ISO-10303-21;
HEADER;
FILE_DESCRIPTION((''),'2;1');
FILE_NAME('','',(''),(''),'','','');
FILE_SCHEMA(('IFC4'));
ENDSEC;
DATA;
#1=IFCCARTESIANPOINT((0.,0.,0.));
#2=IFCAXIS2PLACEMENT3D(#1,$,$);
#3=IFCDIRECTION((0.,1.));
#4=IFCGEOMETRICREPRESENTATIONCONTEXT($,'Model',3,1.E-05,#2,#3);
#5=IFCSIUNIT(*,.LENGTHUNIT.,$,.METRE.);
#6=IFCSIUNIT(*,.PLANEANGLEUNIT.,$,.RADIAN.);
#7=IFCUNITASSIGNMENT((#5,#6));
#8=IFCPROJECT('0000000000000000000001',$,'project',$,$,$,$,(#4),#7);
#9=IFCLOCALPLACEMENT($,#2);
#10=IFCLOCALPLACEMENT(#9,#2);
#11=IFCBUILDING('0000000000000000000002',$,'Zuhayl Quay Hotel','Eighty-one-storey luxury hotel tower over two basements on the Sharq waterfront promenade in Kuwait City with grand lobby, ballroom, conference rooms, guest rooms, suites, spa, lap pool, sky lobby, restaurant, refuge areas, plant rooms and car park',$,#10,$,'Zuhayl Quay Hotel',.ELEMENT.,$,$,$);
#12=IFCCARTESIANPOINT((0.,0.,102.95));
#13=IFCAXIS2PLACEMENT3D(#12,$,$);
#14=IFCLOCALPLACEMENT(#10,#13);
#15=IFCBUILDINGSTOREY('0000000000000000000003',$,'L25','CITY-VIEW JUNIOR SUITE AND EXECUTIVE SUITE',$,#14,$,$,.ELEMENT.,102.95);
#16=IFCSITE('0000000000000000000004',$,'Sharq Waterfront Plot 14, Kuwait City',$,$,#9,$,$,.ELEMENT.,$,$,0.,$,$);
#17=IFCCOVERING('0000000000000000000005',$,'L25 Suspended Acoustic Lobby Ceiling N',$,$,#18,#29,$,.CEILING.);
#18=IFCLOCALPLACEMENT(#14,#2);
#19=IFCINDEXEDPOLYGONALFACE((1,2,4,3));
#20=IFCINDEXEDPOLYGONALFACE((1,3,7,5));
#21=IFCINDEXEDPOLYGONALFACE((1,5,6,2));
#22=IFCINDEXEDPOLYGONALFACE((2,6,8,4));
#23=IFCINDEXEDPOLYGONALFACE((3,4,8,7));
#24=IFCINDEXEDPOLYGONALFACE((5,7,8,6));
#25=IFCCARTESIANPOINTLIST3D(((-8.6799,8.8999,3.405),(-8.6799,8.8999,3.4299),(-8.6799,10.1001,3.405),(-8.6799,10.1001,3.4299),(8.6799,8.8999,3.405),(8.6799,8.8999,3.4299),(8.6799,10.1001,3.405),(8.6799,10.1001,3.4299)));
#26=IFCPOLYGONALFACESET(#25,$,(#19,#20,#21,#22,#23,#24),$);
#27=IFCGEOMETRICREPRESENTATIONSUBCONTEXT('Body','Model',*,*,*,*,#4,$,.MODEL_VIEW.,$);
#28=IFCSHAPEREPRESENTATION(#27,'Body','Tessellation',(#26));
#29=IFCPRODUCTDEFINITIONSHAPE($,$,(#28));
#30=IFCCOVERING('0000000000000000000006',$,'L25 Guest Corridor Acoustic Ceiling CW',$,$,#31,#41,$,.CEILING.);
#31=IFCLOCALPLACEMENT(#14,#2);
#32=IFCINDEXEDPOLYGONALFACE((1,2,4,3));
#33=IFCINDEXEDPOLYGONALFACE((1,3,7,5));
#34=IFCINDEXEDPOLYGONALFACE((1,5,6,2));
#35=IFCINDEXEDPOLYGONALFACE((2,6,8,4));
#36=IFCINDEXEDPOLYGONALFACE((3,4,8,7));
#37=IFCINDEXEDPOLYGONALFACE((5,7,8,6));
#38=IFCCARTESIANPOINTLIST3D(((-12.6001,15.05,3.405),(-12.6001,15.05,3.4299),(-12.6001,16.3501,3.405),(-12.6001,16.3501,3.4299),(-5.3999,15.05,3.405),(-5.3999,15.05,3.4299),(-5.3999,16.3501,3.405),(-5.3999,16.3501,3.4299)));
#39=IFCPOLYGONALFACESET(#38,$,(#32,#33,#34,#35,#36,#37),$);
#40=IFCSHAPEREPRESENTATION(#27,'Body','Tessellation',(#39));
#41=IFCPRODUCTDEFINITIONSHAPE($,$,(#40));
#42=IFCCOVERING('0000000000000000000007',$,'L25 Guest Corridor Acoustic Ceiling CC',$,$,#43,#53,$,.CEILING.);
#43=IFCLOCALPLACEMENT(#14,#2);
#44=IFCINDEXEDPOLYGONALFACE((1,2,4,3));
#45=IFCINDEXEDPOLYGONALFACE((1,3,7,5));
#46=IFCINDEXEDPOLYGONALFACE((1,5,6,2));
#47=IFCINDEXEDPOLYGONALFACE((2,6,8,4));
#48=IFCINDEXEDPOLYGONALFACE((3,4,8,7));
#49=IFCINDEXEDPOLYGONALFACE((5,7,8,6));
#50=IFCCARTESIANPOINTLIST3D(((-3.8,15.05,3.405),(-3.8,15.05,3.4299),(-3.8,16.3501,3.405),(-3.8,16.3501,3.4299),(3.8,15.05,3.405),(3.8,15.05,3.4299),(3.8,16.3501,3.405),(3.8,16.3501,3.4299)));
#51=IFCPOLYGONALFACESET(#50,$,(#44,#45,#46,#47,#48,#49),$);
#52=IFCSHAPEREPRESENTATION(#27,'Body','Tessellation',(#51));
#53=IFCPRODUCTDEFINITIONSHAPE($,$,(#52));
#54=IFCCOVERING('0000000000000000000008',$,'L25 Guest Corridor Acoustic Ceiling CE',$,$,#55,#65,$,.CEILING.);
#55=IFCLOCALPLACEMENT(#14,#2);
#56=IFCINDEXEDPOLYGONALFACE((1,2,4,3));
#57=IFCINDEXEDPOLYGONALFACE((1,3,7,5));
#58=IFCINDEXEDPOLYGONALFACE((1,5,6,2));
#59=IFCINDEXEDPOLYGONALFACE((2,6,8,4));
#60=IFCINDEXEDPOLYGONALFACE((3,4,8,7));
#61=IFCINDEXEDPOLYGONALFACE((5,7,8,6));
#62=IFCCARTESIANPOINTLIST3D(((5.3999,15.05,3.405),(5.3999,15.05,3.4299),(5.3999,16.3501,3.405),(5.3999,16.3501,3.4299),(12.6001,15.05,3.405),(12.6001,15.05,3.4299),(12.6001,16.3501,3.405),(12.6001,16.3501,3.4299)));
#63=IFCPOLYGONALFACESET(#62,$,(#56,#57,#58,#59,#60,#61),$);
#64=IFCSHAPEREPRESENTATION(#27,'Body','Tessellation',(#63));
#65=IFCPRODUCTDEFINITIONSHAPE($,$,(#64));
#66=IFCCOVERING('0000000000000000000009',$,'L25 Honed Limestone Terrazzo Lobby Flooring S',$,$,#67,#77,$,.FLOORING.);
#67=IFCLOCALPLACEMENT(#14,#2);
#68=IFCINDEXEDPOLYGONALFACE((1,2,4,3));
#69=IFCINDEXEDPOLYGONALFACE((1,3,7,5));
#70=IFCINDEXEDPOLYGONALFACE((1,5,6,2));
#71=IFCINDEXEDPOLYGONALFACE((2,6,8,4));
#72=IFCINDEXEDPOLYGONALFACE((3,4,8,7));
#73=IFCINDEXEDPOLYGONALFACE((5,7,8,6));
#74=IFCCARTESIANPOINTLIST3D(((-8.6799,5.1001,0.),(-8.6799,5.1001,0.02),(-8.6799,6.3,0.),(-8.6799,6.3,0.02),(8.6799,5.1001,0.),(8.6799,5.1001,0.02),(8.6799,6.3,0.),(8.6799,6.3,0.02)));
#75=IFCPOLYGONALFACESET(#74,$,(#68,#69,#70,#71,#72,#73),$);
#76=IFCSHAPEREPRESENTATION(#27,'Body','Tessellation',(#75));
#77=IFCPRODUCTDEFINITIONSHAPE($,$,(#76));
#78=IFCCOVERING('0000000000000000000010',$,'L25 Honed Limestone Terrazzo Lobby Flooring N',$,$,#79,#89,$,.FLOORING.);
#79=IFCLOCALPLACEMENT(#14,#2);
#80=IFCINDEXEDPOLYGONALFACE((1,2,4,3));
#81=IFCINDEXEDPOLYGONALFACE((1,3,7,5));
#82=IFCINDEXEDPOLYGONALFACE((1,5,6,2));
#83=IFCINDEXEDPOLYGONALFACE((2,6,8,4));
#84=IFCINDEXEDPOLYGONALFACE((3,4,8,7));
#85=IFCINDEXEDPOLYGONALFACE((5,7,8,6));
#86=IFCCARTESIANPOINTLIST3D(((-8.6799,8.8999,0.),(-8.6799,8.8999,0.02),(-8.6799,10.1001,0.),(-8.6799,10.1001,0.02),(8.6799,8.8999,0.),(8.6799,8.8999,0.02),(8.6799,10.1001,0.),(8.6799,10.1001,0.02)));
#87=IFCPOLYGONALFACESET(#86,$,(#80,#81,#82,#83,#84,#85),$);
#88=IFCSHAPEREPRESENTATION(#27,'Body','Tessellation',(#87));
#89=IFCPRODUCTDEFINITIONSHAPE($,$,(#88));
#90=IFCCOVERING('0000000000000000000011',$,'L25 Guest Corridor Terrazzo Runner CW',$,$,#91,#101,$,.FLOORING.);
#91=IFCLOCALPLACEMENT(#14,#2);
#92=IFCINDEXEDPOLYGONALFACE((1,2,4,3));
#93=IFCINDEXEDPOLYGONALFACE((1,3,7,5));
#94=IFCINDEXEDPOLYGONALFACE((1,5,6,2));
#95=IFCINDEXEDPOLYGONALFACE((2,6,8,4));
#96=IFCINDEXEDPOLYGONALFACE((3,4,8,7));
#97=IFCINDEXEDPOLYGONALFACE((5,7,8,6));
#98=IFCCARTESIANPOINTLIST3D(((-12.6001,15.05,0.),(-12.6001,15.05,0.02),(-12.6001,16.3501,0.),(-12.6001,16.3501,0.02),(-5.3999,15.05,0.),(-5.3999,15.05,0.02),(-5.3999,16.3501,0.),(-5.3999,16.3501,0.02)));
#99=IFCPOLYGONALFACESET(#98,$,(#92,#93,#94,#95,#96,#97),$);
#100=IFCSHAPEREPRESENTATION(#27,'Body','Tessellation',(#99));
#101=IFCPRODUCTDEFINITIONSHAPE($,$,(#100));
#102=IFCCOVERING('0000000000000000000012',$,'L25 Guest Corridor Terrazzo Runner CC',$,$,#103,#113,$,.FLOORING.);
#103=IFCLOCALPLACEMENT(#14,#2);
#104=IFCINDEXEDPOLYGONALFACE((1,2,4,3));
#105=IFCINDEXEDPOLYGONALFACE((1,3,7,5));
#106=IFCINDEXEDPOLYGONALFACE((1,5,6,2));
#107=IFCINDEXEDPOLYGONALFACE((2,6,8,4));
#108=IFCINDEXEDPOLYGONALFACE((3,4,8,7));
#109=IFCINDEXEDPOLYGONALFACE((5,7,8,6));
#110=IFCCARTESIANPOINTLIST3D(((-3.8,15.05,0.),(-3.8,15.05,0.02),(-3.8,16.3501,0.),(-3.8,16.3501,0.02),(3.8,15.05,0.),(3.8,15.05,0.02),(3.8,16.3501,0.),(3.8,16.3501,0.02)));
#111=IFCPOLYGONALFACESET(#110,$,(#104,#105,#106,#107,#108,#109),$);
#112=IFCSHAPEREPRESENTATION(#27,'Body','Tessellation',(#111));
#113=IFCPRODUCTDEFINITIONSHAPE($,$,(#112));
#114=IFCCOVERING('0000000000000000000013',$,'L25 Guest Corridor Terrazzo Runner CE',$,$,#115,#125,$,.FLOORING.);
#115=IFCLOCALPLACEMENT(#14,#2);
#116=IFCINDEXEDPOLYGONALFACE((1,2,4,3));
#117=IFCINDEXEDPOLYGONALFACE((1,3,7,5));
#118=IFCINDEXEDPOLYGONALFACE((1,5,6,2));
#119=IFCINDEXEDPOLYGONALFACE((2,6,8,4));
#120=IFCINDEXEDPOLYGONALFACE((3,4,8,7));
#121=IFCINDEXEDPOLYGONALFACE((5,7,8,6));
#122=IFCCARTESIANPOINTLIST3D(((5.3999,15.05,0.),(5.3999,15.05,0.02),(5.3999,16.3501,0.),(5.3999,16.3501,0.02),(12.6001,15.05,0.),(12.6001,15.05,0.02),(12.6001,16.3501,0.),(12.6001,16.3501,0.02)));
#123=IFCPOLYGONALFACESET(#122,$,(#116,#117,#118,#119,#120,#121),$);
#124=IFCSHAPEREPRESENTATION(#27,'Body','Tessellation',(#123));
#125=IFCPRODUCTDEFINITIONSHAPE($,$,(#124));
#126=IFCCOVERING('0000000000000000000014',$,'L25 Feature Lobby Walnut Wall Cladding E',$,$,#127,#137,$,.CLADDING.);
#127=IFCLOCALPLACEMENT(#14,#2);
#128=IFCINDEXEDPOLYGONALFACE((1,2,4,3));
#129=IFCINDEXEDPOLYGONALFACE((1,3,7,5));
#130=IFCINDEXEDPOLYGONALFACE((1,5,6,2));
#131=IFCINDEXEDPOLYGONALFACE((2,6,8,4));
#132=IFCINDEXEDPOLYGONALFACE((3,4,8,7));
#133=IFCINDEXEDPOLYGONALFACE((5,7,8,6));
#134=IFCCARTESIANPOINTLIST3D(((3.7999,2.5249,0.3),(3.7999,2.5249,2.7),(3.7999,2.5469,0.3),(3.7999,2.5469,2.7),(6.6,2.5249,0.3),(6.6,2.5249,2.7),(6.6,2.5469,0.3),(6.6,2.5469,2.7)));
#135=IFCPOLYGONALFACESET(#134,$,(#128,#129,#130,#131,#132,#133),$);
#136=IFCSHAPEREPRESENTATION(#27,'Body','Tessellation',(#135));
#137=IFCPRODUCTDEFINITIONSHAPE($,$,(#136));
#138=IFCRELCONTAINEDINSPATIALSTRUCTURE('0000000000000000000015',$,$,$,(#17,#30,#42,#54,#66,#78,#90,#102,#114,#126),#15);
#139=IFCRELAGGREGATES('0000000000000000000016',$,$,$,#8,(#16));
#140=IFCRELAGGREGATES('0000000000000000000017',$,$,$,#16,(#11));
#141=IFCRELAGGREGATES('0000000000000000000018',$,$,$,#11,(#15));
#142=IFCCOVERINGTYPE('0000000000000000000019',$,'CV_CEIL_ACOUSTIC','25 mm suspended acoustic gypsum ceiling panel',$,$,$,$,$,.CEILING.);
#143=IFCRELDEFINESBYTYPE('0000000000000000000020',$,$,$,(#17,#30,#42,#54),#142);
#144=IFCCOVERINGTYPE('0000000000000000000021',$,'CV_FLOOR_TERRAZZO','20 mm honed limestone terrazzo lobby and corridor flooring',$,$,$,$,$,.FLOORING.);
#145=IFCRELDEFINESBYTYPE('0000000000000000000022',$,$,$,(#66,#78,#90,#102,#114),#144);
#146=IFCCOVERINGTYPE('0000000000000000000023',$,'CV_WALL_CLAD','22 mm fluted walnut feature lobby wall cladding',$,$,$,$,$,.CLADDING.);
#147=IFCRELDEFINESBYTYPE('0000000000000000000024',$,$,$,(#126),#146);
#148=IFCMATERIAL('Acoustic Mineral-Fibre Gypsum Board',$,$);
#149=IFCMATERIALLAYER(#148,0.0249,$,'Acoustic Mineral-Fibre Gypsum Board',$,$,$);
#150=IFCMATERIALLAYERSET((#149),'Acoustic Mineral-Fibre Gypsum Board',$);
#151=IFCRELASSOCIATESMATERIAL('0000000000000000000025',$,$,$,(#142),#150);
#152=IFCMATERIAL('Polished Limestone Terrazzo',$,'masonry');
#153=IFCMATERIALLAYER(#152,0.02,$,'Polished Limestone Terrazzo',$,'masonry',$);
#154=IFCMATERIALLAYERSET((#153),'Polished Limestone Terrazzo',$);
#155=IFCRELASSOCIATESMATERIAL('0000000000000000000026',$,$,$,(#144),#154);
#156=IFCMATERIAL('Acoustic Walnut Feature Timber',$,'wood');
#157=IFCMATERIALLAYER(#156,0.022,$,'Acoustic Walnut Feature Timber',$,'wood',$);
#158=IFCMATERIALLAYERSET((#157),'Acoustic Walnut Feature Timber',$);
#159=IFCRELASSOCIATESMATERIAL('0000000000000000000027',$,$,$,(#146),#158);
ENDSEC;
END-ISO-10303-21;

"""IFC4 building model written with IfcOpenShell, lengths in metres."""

from ifc_helpers import new_model, si_unit, direction, frame, origin, origin_2d, place, context, subcontext, project, spatial, polyline, rectangle, outline, extrude, material, layer, layer_set, type_object, element, save


model = new_model("IFC4")

# Units and contexts
model_context = context("Model", 3, precision=1e-05, world=origin(), true_north=direction((0.0, 1.0)))
body_context = subcontext(model_context, "Body", "Model", "MODEL_VIEW")
ifc_project = project(units=[si_unit("LENGTHUNIT", "METRE"), si_unit("PLANEANGLEUNIT", "RADIAN")], contexts=[model_context])

# Site, building, storey
site_placement = place(None, origin())
site = spatial("IfcSite", under=ifc_project, at=site_placement, Name="Sharq Waterfront Plot 14, Kuwait City", CompositionType="ELEMENT", RefElevation=0.0)
building_placement = place(site_placement, origin())
building = spatial("IfcBuilding", under=site, at=building_placement, Name="Zuhayl Quay Hotel", Description="Eighty-one-storey luxury hotel tower over two basements on the Sharq waterfront promenade in Kuwait City with grand lobby, ballroom, conference rooms, guest rooms, suites, spa, lap pool, sky lobby, restaurant, refuge areas, plant rooms and car park", LongName="Zuhayl Quay Hotel", CompositionType="ELEMENT")
storey_placement = place(building_placement, frame((0.0, 0.0, 102.95)))
storey = spatial("IfcBuildingStorey", under=building, at=storey_placement, Name="L25", Description="CITY-VIEW JUNIOR SUITE AND EXECUTIVE SUITE", CompositionType="ELEMENT", Elevation=102.95)

# Coverings
ifc_material_1 = material(Name="Acoustic Mineral-Fibre Gypsum Board")
ifc_layer_1 = layer(ifc_material_1, 0.0249, Name="Acoustic Mineral-Fibre Gypsum Board")
ifc_layer_set_1 = layer_set([ifc_layer_1], Name="Acoustic Mineral-Fibre Gypsum Board")
covering_type_1 = type_object("IfcCoveringType", Name="CV_CEIL_ACOUSTIC", Description="25 mm suspended acoustic gypsum ceiling panel", PredefinedType="CEILING", material=ifc_layer_set_1)
covering_1_placement = place(storey_placement, frame((0.0, 0.0, 3.405)))
element("IfcCovering", 1, at=covering_1_placement, inside=storey, type_object=covering_type_1, Name="L25 Suspended Acoustic Lobby Ceiling N", PredefinedType="CEILING", context=body_context, shape_type="SweptSolid", body=[
    extrude(outline(polyline([(-8.6799, 8.8999), (8.6799, 8.8999), (8.6799, 10.1001), (-8.6799, 10.1001), (-8.6799, 8.8999)])), origin(), (0.0, 0.0, 1.0), 0.0249),
])
covering_2_placement = place(storey_placement, frame((0.0, 0.0, 3.405)))
element("IfcCovering", 2, at=covering_2_placement, inside=storey, type_object=covering_type_1, Name="L25 Guest Corridor Acoustic Ceiling CW", PredefinedType="CEILING", context=body_context, shape_type="SweptSolid", body=[
    extrude(outline(polyline([(-12.6001, 15.05), (-5.3999, 15.05), (-5.3999, 16.3501), (-12.6001, 16.3501), (-12.6001, 15.05)])), origin(), (0.0, 0.0, 1.0), 0.0249),
])
covering_3_placement = place(storey_placement, frame((0.0, 0.0, 3.405)))
element("IfcCovering", 3, at=covering_3_placement, inside=storey, type_object=covering_type_1, Name="L25 Guest Corridor Acoustic Ceiling CC", PredefinedType="CEILING", context=body_context, shape_type="SweptSolid", body=[
    extrude(outline(polyline([(-3.8, 15.05), (3.8, 15.05), (3.8, 16.3501), (-3.8, 16.3501), (-3.8, 15.05)])), origin(), (0.0, 0.0, 1.0), 0.0249),
])
covering_4_placement = place(storey_placement, frame((0.0, 0.0, 3.405)))
element("IfcCovering", 4, at=covering_4_placement, inside=storey, type_object=covering_type_1, Name="L25 Guest Corridor Acoustic Ceiling CE", PredefinedType="CEILING", context=body_context, shape_type="SweptSolid", body=[
    extrude(outline(polyline([(5.3999, 15.05), (12.6001, 15.05), (12.6001, 16.3501), (5.3999, 16.3501), (5.3999, 15.05)])), origin(), (0.0, 0.0, 1.0), 0.0249),
])
ifc_material_2 = material(Name="Polished Limestone Terrazzo", Category="masonry")
ifc_layer_2 = layer(ifc_material_2, 0.02, Name="Polished Limestone Terrazzo", Category="masonry")
ifc_layer_set_2 = layer_set([ifc_layer_2], Name="Polished Limestone Terrazzo")
covering_type_2 = type_object("IfcCoveringType", Name="CV_FLOOR_TERRAZZO", Description="20 mm honed limestone terrazzo lobby and corridor flooring", PredefinedType="FLOORING", material=ifc_layer_set_2)
covering_5_placement = place(storey_placement, origin())
element("IfcCovering", 5, at=covering_5_placement, inside=storey, type_object=covering_type_2, Name="L25 Honed Limestone Terrazzo Lobby Flooring S", PredefinedType="FLOORING", context=body_context, shape_type="SweptSolid", body=[
    extrude(outline(polyline([(-8.6799, 5.1001), (8.6799, 5.1001), (8.6799, 6.3), (-8.6799, 6.3), (-8.6799, 5.1001)])), origin(), (0.0, 0.0, 1.0), 0.02),
])
covering_6_placement = place(storey_placement, origin())
element("IfcCovering", 6, at=covering_6_placement, inside=storey, type_object=covering_type_2, Name="L25 Honed Limestone Terrazzo Lobby Flooring N", PredefinedType="FLOORING", context=body_context, shape_type="SweptSolid", body=[
    extrude(outline(polyline([(-8.6799, 8.8999), (8.6799, 8.8999), (8.6799, 10.1001), (-8.6799, 10.1001), (-8.6799, 8.8999)])), origin(), (0.0, 0.0, 1.0), 0.02),
])
covering_7_placement = place(storey_placement, origin())
element("IfcCovering", 7, at=covering_7_placement, inside=storey, type_object=covering_type_2, Name="L25 Guest Corridor Terrazzo Runner CW", PredefinedType="FLOORING", context=body_context, shape_type="SweptSolid", body=[
    extrude(outline(polyline([(-12.6001, 15.05), (-5.3999, 15.05), (-5.3999, 16.3501), (-12.6001, 16.3501), (-12.6001, 15.05)])), origin(), (0.0, 0.0, 1.0), 0.02),
])
covering_8_placement = place(storey_placement, origin())
element("IfcCovering", 8, at=covering_8_placement, inside=storey, type_object=covering_type_2, Name="L25 Guest Corridor Terrazzo Runner CC", PredefinedType="FLOORING", context=body_context, shape_type="SweptSolid", body=[
    extrude(outline(polyline([(-3.8, 15.05), (3.8, 15.05), (3.8, 16.3501), (-3.8, 16.3501), (-3.8, 15.05)])), origin(), (0.0, 0.0, 1.0), 0.02),
])
covering_9_placement = place(storey_placement, origin())
element("IfcCovering", 9, at=covering_9_placement, inside=storey, type_object=covering_type_2, Name="L25 Guest Corridor Terrazzo Runner CE", PredefinedType="FLOORING", context=body_context, shape_type="SweptSolid", body=[
    extrude(outline(polyline([(5.3999, 15.05), (12.6001, 15.05), (12.6001, 16.3501), (5.3999, 16.3501), (5.3999, 15.05)])), origin(), (0.0, 0.0, 1.0), 0.02),
])
ifc_material_3 = material(Name="Acoustic Walnut Feature Timber", Category="wood")
ifc_layer_3 = layer(ifc_material_3, 0.022, Name="Acoustic Walnut Feature Timber", Category="wood")
ifc_layer_set_3 = layer_set([ifc_layer_3], Name="Acoustic Walnut Feature Timber")
covering_type_3 = type_object("IfcCoveringType", Name="CV_WALL_CLAD", Description="22 mm fluted walnut feature lobby wall cladding", PredefinedType="CLADDING", material=ifc_layer_set_3)
covering_10_placement = place(storey_placement, frame((5.2, 2.5359, 0.3), z_axis=(0.0, 0.0, 1.0), x_axis=(1.0, 0.0, 0.0)))
element("IfcCovering", 10, at=covering_10_placement, inside=storey, type_object=covering_type_3, Name="L25 Feature Lobby Walnut Wall Cladding E", PredefinedType="CLADDING", context=body_context, shape_type="SweptSolid", body=[
    extrude(rectangle(XDim=2.8, YDim=0.022, at=origin_2d()), origin(), (0.0, 0.0, 1.0), 2.3999),
])

save(model, "model.ifc")
